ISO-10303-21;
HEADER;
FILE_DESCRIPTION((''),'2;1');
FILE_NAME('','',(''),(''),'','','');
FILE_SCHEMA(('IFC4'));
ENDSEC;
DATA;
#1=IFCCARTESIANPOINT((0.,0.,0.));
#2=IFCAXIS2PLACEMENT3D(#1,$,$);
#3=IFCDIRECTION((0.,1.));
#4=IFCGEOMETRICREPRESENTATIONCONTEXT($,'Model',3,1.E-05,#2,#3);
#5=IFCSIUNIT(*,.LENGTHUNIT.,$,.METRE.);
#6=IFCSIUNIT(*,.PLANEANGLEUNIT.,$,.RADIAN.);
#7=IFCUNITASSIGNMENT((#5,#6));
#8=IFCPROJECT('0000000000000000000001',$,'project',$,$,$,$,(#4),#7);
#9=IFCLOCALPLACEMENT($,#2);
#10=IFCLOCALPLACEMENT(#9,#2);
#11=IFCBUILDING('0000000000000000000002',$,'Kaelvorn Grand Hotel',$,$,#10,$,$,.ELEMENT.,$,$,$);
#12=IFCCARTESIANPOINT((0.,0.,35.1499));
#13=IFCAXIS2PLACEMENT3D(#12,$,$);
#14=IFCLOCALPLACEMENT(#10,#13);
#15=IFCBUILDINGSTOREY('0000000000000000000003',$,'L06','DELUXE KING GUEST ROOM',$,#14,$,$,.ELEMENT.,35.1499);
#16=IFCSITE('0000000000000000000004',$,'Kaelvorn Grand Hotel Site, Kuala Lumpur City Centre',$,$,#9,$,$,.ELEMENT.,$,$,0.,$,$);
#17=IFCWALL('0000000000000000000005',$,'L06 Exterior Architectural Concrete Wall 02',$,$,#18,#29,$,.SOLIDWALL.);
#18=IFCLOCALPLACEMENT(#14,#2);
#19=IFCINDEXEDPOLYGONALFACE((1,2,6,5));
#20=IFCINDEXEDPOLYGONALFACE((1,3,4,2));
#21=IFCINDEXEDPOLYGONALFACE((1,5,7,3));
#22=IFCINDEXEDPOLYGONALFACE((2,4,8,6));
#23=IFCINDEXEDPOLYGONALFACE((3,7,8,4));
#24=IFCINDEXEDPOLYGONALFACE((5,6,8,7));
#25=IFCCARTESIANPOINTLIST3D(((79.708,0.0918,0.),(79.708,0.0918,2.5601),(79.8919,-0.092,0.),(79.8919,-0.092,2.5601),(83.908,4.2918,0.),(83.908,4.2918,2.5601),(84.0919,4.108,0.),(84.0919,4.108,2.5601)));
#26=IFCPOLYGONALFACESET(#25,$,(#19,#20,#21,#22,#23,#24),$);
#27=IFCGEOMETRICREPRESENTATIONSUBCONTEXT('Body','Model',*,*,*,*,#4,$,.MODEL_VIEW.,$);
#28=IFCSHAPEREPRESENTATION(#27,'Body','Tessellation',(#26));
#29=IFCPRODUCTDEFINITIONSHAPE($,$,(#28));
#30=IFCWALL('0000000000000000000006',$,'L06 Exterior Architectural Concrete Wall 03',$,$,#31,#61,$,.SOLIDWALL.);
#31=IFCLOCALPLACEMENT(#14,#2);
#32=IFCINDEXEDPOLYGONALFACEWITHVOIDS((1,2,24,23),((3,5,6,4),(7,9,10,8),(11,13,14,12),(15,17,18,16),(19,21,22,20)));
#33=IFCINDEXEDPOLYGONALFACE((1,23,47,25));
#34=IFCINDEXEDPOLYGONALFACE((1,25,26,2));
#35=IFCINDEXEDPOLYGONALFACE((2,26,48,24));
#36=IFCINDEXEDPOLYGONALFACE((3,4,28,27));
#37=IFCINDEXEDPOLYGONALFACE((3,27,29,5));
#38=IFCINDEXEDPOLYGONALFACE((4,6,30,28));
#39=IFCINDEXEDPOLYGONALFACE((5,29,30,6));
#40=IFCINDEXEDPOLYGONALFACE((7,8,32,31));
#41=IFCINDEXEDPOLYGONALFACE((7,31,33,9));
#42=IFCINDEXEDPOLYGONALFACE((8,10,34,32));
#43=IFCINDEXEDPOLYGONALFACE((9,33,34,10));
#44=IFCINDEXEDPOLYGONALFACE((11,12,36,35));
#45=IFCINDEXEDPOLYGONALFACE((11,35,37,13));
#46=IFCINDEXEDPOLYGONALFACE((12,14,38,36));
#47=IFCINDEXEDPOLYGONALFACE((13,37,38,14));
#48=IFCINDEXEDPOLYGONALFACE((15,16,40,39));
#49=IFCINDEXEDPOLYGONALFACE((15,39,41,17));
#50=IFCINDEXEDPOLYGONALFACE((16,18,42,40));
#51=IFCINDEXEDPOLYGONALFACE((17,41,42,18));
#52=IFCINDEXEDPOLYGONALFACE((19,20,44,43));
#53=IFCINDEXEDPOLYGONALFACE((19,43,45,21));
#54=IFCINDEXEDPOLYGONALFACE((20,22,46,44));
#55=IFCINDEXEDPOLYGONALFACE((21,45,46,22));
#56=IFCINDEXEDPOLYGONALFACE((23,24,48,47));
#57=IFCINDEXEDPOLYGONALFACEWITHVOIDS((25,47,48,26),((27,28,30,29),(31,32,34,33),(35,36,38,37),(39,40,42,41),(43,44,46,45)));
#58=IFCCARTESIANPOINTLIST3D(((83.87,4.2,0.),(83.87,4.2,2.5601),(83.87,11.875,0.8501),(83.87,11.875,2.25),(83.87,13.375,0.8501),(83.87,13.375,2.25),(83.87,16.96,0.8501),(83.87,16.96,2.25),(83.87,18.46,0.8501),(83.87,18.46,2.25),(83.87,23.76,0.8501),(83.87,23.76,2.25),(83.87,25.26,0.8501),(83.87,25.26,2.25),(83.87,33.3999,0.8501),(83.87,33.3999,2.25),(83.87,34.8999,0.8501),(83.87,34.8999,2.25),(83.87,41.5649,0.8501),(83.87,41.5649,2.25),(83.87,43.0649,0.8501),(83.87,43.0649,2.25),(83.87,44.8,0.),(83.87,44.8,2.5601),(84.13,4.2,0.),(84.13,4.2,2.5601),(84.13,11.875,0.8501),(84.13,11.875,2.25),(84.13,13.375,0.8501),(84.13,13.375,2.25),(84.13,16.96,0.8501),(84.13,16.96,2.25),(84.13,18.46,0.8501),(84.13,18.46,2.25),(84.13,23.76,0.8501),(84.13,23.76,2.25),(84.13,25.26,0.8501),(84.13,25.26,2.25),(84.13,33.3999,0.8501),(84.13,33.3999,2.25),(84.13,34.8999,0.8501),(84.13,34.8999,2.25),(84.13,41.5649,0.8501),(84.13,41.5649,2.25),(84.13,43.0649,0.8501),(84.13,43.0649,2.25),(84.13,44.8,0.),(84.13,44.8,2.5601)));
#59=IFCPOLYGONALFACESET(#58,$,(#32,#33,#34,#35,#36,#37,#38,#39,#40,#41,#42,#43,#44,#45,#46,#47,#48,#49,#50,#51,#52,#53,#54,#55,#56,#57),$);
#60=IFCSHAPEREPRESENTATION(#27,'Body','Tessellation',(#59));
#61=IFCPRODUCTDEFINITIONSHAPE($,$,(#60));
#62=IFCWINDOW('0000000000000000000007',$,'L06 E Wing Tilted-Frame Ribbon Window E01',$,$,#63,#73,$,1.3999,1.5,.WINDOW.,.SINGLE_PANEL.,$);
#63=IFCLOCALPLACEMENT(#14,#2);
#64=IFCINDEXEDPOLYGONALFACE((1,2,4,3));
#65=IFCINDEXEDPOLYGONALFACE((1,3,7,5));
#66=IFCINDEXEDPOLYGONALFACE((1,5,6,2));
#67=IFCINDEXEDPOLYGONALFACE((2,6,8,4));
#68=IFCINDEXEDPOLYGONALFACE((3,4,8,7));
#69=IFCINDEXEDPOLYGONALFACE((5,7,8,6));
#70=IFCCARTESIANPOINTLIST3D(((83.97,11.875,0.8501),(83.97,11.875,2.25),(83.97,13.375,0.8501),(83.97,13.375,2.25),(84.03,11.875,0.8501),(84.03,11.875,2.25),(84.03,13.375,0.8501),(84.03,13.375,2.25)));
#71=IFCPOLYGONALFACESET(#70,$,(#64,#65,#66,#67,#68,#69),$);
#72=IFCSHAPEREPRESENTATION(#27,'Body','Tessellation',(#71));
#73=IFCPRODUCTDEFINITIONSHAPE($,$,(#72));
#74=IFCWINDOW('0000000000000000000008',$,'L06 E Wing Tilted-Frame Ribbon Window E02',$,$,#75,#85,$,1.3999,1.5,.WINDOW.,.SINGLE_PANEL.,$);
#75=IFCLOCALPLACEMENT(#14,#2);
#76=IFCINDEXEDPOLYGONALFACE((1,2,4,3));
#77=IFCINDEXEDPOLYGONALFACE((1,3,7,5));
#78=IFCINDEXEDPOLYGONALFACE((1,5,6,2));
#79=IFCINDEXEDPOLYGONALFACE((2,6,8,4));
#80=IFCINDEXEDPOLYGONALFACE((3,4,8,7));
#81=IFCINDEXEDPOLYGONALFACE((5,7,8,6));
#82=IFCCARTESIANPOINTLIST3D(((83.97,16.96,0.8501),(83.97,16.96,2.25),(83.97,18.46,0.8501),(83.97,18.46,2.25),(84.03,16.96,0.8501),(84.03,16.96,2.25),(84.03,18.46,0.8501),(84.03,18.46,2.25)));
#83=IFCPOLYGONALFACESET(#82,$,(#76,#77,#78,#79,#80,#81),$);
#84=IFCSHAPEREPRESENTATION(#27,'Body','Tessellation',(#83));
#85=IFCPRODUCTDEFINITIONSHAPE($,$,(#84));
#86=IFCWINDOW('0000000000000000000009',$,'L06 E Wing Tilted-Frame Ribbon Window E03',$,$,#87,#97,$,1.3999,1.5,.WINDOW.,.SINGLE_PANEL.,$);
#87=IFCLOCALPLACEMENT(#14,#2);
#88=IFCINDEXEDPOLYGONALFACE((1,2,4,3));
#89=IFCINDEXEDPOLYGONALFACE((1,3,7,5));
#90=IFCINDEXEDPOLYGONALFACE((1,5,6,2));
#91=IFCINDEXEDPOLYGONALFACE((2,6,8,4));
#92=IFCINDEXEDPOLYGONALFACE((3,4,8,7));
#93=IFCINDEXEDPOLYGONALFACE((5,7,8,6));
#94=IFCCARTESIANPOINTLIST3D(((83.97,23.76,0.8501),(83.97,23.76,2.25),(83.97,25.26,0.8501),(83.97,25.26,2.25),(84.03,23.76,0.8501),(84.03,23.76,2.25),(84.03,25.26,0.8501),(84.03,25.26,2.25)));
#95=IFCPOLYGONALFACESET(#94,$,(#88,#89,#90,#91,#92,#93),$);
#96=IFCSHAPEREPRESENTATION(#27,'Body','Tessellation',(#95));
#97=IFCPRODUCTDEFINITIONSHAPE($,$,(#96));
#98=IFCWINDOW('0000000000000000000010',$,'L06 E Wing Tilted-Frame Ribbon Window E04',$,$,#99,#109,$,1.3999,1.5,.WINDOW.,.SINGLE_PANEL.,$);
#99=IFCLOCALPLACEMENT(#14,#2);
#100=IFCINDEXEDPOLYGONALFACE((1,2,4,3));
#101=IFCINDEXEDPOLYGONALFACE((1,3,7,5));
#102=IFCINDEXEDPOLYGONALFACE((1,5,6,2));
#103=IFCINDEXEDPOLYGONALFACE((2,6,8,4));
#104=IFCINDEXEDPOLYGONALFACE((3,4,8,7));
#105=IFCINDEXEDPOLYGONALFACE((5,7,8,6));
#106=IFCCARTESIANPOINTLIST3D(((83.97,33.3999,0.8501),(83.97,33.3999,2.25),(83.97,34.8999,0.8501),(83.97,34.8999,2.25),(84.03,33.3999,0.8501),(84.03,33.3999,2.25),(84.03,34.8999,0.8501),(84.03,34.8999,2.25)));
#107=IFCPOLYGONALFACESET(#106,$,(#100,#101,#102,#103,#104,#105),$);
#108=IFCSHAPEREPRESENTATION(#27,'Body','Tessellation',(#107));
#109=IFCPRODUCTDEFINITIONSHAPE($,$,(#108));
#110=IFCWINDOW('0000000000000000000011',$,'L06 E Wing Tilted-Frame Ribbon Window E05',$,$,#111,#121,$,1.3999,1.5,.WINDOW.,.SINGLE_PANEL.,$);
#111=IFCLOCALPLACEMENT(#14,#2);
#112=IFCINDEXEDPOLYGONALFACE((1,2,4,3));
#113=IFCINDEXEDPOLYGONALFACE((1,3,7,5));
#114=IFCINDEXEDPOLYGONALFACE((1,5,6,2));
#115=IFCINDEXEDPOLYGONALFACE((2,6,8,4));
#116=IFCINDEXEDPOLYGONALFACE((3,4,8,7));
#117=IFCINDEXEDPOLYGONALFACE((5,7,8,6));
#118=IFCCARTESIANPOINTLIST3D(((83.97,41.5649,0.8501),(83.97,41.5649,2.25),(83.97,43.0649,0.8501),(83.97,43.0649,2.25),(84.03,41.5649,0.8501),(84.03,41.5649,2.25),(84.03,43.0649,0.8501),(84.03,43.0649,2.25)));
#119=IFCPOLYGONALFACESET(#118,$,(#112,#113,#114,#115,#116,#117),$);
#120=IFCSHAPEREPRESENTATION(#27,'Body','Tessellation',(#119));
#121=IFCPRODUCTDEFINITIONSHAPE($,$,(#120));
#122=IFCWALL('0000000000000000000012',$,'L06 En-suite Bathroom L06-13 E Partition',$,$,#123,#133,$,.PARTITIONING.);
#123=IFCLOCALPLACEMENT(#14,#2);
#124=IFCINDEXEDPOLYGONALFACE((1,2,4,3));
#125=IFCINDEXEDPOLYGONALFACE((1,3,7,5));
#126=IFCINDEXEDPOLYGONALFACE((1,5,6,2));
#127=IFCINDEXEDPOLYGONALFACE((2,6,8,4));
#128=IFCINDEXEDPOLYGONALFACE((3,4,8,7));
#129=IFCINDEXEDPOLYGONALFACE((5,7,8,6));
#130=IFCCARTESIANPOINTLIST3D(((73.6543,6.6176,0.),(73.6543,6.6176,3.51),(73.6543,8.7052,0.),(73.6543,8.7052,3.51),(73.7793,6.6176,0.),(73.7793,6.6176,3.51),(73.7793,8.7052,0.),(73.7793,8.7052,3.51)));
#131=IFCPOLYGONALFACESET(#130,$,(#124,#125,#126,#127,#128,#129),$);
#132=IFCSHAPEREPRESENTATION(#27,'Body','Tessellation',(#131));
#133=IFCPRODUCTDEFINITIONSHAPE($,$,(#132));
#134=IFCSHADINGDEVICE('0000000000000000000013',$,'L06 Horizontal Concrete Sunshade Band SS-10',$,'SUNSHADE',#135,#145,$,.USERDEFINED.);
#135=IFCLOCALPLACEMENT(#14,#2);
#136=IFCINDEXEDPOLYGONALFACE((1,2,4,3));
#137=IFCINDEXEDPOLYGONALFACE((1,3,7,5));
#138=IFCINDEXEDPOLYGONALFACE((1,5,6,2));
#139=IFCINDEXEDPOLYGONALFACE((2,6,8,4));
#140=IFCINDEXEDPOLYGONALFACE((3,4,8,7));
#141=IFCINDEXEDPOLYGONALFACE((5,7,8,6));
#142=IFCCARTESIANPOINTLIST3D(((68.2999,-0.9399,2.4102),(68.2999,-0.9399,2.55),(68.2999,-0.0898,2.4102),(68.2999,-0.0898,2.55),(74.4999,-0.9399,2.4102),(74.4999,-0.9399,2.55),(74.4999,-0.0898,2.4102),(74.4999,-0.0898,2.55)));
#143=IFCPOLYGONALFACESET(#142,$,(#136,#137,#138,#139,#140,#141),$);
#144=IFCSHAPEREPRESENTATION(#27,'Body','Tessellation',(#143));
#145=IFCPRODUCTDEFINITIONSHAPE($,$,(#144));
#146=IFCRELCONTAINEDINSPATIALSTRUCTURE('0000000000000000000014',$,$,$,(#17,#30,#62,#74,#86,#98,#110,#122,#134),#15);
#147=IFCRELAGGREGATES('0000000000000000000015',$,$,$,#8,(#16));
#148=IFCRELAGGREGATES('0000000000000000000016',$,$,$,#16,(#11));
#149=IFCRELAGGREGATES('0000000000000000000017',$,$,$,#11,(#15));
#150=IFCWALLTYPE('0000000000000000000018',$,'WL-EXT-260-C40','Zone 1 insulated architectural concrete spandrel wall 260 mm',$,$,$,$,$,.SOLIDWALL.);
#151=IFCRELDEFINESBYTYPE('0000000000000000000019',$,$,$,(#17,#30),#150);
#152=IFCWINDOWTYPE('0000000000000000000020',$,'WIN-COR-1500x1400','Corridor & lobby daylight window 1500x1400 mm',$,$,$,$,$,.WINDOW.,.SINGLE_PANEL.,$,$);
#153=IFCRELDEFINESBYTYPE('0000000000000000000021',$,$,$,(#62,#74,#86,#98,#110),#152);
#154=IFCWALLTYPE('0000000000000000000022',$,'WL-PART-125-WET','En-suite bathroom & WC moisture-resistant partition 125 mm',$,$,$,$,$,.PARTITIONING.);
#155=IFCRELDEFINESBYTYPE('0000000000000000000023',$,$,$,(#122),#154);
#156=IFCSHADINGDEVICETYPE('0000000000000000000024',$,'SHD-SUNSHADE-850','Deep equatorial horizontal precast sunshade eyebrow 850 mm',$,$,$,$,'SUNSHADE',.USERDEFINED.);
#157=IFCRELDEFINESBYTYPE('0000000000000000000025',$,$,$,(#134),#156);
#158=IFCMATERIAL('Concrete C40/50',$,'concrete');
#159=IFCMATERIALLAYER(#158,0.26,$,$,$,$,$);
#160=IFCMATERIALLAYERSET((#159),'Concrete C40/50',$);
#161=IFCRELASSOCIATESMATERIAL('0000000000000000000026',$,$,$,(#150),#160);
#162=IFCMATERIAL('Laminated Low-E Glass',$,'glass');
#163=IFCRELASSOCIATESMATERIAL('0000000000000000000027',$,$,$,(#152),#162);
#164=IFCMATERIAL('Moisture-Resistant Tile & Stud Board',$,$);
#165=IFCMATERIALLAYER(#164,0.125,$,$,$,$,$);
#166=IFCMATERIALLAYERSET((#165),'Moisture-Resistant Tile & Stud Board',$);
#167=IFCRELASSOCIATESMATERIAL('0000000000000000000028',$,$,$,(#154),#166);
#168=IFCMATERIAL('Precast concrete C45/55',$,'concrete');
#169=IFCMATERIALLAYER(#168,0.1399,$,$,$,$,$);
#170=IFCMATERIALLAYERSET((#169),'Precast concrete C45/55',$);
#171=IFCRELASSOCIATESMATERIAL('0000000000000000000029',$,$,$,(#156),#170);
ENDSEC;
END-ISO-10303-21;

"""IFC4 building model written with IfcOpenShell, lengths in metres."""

from ifc_helpers import new_model, si_unit, direction, frame, frame_2d, origin, origin_2d, place, context, subcontext, project, spatial, rectangle, extrude, material, layer, layer_set, type_object, element, fill, save


model = new_model("IFC4")

# Units and contexts
model_context = context("Model", 3, precision=1e-05, world=origin(), true_north=direction((0.0, 1.0)))
body_context = subcontext(model_context, "Body", "Model", "MODEL_VIEW")
ifc_project = project(units=[si_unit("LENGTHUNIT", "METRE"), si_unit("PLANEANGLEUNIT", "RADIAN")], contexts=[model_context])

# Site, building, storey
site_placement = place(None, origin())
site = spatial("IfcSite", under=ifc_project, at=site_placement, Name="Kaelvorn Grand Hotel Site, Kuala Lumpur City Centre", CompositionType="ELEMENT", RefElevation=0.0)
building_placement = place(site_placement, origin())
building = spatial("IfcBuilding", under=site, at=building_placement, Name="Kaelvorn Grand Hotel", CompositionType="ELEMENT")
storey_placement = place(building_placement, frame((0.0, 0.0, 35.1499)))
storey = spatial("IfcBuildingStorey", under=building, at=storey_placement, Name="L06", Description="DELUXE KING GUEST ROOM", CompositionType="ELEMENT", Elevation=35.1499)

# Shared definitions
ifc_material_1 = material(Name="Concrete C40/50", Category="concrete")

# Wall
ifc_layer_1 = layer(ifc_material_1, 0.26)
ifc_layer_set_1 = layer_set([ifc_layer_1], Name="Concrete C40/50")
wall_type_1 = type_object("IfcWallType", Name="WL-EXT-260-C40", Description="Zone 1 insulated architectural concrete spandrel wall 260 mm", PredefinedType="SOLIDWALL", material=ifc_layer_set_1)
wall_1_placement = place(storey_placement, frame((79.8, 0.0, 0.0), z_axis=(0.0, 0.0, 1.0), x_axis=(0.707107, 0.707107, 0.0)))
element("IfcWall", 1, at=wall_1_placement, inside=storey, type_object=wall_type_1, Name="L06 Exterior Architectural Concrete Wall 02", PredefinedType="SOLIDWALL", context=body_context, shape_type="SweptSolid", body=[
    extrude(rectangle(XDim=5.9397, YDim=0.26, at=frame_2d((2.9697, 0.0))), origin(), (0.0, 0.0, 1.0), 2.5601),
])

# Wall, openings, windows
wall_2_placement = place(storey_placement, frame((84.0, 4.2, 0.0), z_axis=(0.0, 0.0, 1.0), x_axis=(0.0, 1.0, 0.0)))
wall_2 = element("IfcWall", 2, at=wall_2_placement, inside=storey, type_object=wall_type_1, Name="L06 Exterior Architectural Concrete Wall 03", PredefinedType="SOLIDWALL", context=body_context, shape_type="SweptSolid", body=[
    extrude(rectangle(XDim=40.6001, YDim=0.26, at=frame_2d((20.3, 0.0))), origin(), (0.0, 0.0, 1.0), 2.5601),
])
opening_1_placement = place(wall_2_placement, frame((7.675, 0.0, 0.8501)))
opening_1 = element("IfcOpeningElement", 3, at=opening_1_placement, cuts=wall_2, PredefinedType="OPENING", context=body_context, shape_type="SweptSolid", body=[
    extrude(rectangle(XDim=1.5, YDim=1.3999, at=frame_2d((0.75, 0.7))), frame((0.0, 0.1401, 0.0), z_axis=(0.0, -1.0, 0.0), x_axis=(1.0, 0.0, 0.0)), (0.0, 0.0, 1.0), 0.28),
])
opening_2_placement = place(wall_2_placement, frame((12.76, 0.0, 0.8501)))
opening_2 = element("IfcOpeningElement", 4, at=opening_2_placement, cuts=wall_2, PredefinedType="OPENING", context=body_context, shape_type="SweptSolid", body=[
    extrude(rectangle(XDim=1.5, YDim=1.3999, at=frame_2d((0.75, 0.7))), frame((0.0, 0.1401, 0.0), z_axis=(0.0, -1.0, 0.0), x_axis=(1.0, 0.0, 0.0)), (0.0, 0.0, 1.0), 0.28),
])
opening_3_placement = place(wall_2_placement, frame((19.5601, 0.0, 0.8501)))
opening_3 = element("IfcOpeningElement", 5, at=opening_3_placement, cuts=wall_2, PredefinedType="OPENING", context=body_context, shape_type="SweptSolid", body=[
    extrude(rectangle(XDim=1.5, YDim=1.3999, at=frame_2d((0.75, 0.7))), frame((0.0, 0.1401, 0.0), z_axis=(0.0, -1.0, 0.0), x_axis=(1.0, 0.0, 0.0)), (0.0, 0.0, 1.0), 0.28),
])
opening_4_placement = place(wall_2_placement, frame((29.2, 0.0, 0.8501)))
opening_4 = element("IfcOpeningElement", 6, at=opening_4_placement, cuts=wall_2, PredefinedType="OPENING", context=body_context, shape_type="SweptSolid", body=[
    extrude(rectangle(XDim=1.5, YDim=1.3999, at=frame_2d((0.75, 0.7))), frame((0.0, 0.1401, 0.0), z_axis=(0.0, -1.0, 0.0), x_axis=(1.0, 0.0, 0.0)), (0.0, 0.0, 1.0), 0.28),
])
opening_5_placement = place(wall_2_placement, frame((37.365, 0.0, 0.8501)))
opening_5 = element("IfcOpeningElement", 7, at=opening_5_placement, cuts=wall_2, PredefinedType="OPENING", context=body_context, shape_type="SweptSolid", body=[
    extrude(rectangle(XDim=1.5, YDim=1.3999, at=frame_2d((0.75, 0.7))), frame((0.0, 0.1401, 0.0), z_axis=(0.0, -1.0, 0.0), x_axis=(1.0, 0.0, 0.0)), (0.0, 0.0, 1.0), 0.28),
])
ifc_material_2 = material(Name="Laminated Low-E Glass", Category="glass")
window_type = type_object("IfcWindowType", Name="WIN-COR-1500x1400", Description="Corridor & lobby daylight window 1500x1400 mm", PartitioningType="SINGLE_PANEL", PredefinedType="WINDOW", material=ifc_material_2)
window_1_placement = place(opening_1_placement, origin())
window_1 = element("IfcWindow", 8, at=window_1_placement, inside=storey, type_object=window_type, Name="L06 E Wing Tilted-Frame Ribbon Window E01", OverallHeight=1.3999, OverallWidth=1.5, PartitioningType="SINGLE_PANEL", PredefinedType="WINDOW", context=body_context, shape_type="SweptSolid", body=[
    extrude(rectangle(XDim=1.5, YDim=1.3999, at=frame_2d((0.75, 0.7))), frame((0.0, 0.03, 0.0), z_axis=(0.0, -1.0, 0.0), x_axis=(1.0, 0.0, 0.0)), (0.0, 0.0, 1.0), 0.0601),
])
fill(opening_1, window_1)
window_2_placement = place(opening_2_placement, origin())
window_2 = element("IfcWindow", 9, at=window_2_placement, inside=storey, type_object=window_type, Name="L06 E Wing Tilted-Frame Ribbon Window E02", OverallHeight=1.3999, OverallWidth=1.5, PartitioningType="SINGLE_PANEL", PredefinedType="WINDOW", context=body_context, shape_type="SweptSolid", body=[
    extrude(rectangle(XDim=1.5, YDim=1.3999, at=frame_2d((0.75, 0.7))), frame((0.0, 0.03, 0.0), z_axis=(0.0, -1.0, 0.0), x_axis=(1.0, 0.0, 0.0)), (0.0, 0.0, 1.0), 0.0601),
])
fill(opening_2, window_2)
window_3_placement = place(opening_3_placement, origin())
window_3 = element("IfcWindow", 10, at=window_3_placement, inside=storey, type_object=window_type, Name="L06 E Wing Tilted-Frame Ribbon Window E03", OverallHeight=1.3999, OverallWidth=1.5, PartitioningType="SINGLE_PANEL", PredefinedType="WINDOW", context=body_context, shape_type="SweptSolid", body=[
    extrude(rectangle(XDim=1.5, YDim=1.3999, at=frame_2d((0.75, 0.7))), frame((0.0, 0.03, 0.0), z_axis=(0.0, -1.0, 0.0), x_axis=(1.0, 0.0, 0.0)), (0.0, 0.0, 1.0), 0.0601),
])
fill(opening_3, window_3)
window_4_placement = place(opening_4_placement, origin())
window_4 = element("IfcWindow", 11, at=window_4_placement, inside=storey, type_object=window_type, Name="L06 E Wing Tilted-Frame Ribbon Window E04", OverallHeight=1.3999, OverallWidth=1.5, PartitioningType="SINGLE_PANEL", PredefinedType="WINDOW", context=body_context, shape_type="SweptSolid", body=[
    extrude(rectangle(XDim=1.5, YDim=1.3999, at=frame_2d((0.75, 0.7))), frame((0.0, 0.03, 0.0), z_axis=(0.0, -1.0, 0.0), x_axis=(1.0, 0.0, 0.0)), (0.0, 0.0, 1.0), 0.0601),
])
fill(opening_4, window_4)
window_5_placement = place(opening_5_placement, origin())
window_5 = element("IfcWindow", 12, at=window_5_placement, inside=storey, type_object=window_type, Name="L06 E Wing Tilted-Frame Ribbon Window E05", OverallHeight=1.3999, OverallWidth=1.5, PartitioningType="SINGLE_PANEL", PredefinedType="WINDOW", context=body_context, shape_type="SweptSolid", body=[
    extrude(rectangle(XDim=1.5, YDim=1.3999, at=frame_2d((0.75, 0.7))), frame((0.0, 0.03, 0.0), z_axis=(0.0, -1.0, 0.0), x_axis=(1.0, 0.0, 0.0)), (0.0, 0.0, 1.0), 0.0601),
])
fill(opening_5, window_5)

# Wall
ifc_material_3 = material(Name="Moisture-Resistant Tile & Stud Board")
ifc_layer_2 = layer(ifc_material_3, 0.125)
ifc_layer_set_2 = layer_set([ifc_layer_2], Name="Moisture-Resistant Tile & Stud Board")
wall_type_2 = type_object("IfcWallType", Name="WL-PART-125-WET", Description="En-suite bathroom & WC moisture-resistant partition 125 mm", PredefinedType="PARTITIONING", material=ifc_layer_set_2)
wall_3_placement = place(storey_placement, frame((73.7168, 6.6174, 0.0), z_axis=(0.0, 0.0, 1.0), x_axis=(0.0, 1.0, 0.0)))
element("IfcWall", 13, at=wall_3_placement, inside=storey, type_object=wall_type_2, Name="L06 En-suite Bathroom L06-13 E Partition", PredefinedType="PARTITIONING", context=body_context, shape_type="SweptSolid", body=[
    extrude(rectangle(XDim=2.0876, YDim=0.125, at=frame_2d((1.0439, 0.0))), origin(), (0.0, 0.0, 1.0), 3.51),
])

# Shading device
ifc_material_4 = material(Name="Precast concrete C45/55", Category="concrete")
ifc_layer_3 = layer(ifc_material_4, 0.1399)
ifc_layer_set_3 = layer_set([ifc_layer_3], Name="Precast concrete C45/55")
shading_device_type = type_object("IfcShadingDeviceType", Name="SHD-SUNSHADE-850", Description="Deep equatorial horizontal precast sunshade eyebrow 850 mm", ElementType="SUNSHADE", PredefinedType="USERDEFINED", material=ifc_layer_set_3)
shading_device_placement = place(storey_placement, frame((71.3999, -0.5149, 2.4102), z_axis=(0.0, 0.0, 1.0), x_axis=(1.0, 0.0, 0.0)))
element("IfcShadingDevice", 14, at=shading_device_placement, inside=storey, type_object=shading_device_type, Name="L06 Horizontal Concrete Sunshade Band SS-10", ObjectType="SUNSHADE", PredefinedType="USERDEFINED", context=body_context, shape_type="SweptSolid", body=[
    extrude(rectangle(XDim=6.2, YDim=0.8501, at=origin_2d()), origin(), (0.0, 0.0, 1.0), 0.1399),
])

save(model, "model.ifc")
